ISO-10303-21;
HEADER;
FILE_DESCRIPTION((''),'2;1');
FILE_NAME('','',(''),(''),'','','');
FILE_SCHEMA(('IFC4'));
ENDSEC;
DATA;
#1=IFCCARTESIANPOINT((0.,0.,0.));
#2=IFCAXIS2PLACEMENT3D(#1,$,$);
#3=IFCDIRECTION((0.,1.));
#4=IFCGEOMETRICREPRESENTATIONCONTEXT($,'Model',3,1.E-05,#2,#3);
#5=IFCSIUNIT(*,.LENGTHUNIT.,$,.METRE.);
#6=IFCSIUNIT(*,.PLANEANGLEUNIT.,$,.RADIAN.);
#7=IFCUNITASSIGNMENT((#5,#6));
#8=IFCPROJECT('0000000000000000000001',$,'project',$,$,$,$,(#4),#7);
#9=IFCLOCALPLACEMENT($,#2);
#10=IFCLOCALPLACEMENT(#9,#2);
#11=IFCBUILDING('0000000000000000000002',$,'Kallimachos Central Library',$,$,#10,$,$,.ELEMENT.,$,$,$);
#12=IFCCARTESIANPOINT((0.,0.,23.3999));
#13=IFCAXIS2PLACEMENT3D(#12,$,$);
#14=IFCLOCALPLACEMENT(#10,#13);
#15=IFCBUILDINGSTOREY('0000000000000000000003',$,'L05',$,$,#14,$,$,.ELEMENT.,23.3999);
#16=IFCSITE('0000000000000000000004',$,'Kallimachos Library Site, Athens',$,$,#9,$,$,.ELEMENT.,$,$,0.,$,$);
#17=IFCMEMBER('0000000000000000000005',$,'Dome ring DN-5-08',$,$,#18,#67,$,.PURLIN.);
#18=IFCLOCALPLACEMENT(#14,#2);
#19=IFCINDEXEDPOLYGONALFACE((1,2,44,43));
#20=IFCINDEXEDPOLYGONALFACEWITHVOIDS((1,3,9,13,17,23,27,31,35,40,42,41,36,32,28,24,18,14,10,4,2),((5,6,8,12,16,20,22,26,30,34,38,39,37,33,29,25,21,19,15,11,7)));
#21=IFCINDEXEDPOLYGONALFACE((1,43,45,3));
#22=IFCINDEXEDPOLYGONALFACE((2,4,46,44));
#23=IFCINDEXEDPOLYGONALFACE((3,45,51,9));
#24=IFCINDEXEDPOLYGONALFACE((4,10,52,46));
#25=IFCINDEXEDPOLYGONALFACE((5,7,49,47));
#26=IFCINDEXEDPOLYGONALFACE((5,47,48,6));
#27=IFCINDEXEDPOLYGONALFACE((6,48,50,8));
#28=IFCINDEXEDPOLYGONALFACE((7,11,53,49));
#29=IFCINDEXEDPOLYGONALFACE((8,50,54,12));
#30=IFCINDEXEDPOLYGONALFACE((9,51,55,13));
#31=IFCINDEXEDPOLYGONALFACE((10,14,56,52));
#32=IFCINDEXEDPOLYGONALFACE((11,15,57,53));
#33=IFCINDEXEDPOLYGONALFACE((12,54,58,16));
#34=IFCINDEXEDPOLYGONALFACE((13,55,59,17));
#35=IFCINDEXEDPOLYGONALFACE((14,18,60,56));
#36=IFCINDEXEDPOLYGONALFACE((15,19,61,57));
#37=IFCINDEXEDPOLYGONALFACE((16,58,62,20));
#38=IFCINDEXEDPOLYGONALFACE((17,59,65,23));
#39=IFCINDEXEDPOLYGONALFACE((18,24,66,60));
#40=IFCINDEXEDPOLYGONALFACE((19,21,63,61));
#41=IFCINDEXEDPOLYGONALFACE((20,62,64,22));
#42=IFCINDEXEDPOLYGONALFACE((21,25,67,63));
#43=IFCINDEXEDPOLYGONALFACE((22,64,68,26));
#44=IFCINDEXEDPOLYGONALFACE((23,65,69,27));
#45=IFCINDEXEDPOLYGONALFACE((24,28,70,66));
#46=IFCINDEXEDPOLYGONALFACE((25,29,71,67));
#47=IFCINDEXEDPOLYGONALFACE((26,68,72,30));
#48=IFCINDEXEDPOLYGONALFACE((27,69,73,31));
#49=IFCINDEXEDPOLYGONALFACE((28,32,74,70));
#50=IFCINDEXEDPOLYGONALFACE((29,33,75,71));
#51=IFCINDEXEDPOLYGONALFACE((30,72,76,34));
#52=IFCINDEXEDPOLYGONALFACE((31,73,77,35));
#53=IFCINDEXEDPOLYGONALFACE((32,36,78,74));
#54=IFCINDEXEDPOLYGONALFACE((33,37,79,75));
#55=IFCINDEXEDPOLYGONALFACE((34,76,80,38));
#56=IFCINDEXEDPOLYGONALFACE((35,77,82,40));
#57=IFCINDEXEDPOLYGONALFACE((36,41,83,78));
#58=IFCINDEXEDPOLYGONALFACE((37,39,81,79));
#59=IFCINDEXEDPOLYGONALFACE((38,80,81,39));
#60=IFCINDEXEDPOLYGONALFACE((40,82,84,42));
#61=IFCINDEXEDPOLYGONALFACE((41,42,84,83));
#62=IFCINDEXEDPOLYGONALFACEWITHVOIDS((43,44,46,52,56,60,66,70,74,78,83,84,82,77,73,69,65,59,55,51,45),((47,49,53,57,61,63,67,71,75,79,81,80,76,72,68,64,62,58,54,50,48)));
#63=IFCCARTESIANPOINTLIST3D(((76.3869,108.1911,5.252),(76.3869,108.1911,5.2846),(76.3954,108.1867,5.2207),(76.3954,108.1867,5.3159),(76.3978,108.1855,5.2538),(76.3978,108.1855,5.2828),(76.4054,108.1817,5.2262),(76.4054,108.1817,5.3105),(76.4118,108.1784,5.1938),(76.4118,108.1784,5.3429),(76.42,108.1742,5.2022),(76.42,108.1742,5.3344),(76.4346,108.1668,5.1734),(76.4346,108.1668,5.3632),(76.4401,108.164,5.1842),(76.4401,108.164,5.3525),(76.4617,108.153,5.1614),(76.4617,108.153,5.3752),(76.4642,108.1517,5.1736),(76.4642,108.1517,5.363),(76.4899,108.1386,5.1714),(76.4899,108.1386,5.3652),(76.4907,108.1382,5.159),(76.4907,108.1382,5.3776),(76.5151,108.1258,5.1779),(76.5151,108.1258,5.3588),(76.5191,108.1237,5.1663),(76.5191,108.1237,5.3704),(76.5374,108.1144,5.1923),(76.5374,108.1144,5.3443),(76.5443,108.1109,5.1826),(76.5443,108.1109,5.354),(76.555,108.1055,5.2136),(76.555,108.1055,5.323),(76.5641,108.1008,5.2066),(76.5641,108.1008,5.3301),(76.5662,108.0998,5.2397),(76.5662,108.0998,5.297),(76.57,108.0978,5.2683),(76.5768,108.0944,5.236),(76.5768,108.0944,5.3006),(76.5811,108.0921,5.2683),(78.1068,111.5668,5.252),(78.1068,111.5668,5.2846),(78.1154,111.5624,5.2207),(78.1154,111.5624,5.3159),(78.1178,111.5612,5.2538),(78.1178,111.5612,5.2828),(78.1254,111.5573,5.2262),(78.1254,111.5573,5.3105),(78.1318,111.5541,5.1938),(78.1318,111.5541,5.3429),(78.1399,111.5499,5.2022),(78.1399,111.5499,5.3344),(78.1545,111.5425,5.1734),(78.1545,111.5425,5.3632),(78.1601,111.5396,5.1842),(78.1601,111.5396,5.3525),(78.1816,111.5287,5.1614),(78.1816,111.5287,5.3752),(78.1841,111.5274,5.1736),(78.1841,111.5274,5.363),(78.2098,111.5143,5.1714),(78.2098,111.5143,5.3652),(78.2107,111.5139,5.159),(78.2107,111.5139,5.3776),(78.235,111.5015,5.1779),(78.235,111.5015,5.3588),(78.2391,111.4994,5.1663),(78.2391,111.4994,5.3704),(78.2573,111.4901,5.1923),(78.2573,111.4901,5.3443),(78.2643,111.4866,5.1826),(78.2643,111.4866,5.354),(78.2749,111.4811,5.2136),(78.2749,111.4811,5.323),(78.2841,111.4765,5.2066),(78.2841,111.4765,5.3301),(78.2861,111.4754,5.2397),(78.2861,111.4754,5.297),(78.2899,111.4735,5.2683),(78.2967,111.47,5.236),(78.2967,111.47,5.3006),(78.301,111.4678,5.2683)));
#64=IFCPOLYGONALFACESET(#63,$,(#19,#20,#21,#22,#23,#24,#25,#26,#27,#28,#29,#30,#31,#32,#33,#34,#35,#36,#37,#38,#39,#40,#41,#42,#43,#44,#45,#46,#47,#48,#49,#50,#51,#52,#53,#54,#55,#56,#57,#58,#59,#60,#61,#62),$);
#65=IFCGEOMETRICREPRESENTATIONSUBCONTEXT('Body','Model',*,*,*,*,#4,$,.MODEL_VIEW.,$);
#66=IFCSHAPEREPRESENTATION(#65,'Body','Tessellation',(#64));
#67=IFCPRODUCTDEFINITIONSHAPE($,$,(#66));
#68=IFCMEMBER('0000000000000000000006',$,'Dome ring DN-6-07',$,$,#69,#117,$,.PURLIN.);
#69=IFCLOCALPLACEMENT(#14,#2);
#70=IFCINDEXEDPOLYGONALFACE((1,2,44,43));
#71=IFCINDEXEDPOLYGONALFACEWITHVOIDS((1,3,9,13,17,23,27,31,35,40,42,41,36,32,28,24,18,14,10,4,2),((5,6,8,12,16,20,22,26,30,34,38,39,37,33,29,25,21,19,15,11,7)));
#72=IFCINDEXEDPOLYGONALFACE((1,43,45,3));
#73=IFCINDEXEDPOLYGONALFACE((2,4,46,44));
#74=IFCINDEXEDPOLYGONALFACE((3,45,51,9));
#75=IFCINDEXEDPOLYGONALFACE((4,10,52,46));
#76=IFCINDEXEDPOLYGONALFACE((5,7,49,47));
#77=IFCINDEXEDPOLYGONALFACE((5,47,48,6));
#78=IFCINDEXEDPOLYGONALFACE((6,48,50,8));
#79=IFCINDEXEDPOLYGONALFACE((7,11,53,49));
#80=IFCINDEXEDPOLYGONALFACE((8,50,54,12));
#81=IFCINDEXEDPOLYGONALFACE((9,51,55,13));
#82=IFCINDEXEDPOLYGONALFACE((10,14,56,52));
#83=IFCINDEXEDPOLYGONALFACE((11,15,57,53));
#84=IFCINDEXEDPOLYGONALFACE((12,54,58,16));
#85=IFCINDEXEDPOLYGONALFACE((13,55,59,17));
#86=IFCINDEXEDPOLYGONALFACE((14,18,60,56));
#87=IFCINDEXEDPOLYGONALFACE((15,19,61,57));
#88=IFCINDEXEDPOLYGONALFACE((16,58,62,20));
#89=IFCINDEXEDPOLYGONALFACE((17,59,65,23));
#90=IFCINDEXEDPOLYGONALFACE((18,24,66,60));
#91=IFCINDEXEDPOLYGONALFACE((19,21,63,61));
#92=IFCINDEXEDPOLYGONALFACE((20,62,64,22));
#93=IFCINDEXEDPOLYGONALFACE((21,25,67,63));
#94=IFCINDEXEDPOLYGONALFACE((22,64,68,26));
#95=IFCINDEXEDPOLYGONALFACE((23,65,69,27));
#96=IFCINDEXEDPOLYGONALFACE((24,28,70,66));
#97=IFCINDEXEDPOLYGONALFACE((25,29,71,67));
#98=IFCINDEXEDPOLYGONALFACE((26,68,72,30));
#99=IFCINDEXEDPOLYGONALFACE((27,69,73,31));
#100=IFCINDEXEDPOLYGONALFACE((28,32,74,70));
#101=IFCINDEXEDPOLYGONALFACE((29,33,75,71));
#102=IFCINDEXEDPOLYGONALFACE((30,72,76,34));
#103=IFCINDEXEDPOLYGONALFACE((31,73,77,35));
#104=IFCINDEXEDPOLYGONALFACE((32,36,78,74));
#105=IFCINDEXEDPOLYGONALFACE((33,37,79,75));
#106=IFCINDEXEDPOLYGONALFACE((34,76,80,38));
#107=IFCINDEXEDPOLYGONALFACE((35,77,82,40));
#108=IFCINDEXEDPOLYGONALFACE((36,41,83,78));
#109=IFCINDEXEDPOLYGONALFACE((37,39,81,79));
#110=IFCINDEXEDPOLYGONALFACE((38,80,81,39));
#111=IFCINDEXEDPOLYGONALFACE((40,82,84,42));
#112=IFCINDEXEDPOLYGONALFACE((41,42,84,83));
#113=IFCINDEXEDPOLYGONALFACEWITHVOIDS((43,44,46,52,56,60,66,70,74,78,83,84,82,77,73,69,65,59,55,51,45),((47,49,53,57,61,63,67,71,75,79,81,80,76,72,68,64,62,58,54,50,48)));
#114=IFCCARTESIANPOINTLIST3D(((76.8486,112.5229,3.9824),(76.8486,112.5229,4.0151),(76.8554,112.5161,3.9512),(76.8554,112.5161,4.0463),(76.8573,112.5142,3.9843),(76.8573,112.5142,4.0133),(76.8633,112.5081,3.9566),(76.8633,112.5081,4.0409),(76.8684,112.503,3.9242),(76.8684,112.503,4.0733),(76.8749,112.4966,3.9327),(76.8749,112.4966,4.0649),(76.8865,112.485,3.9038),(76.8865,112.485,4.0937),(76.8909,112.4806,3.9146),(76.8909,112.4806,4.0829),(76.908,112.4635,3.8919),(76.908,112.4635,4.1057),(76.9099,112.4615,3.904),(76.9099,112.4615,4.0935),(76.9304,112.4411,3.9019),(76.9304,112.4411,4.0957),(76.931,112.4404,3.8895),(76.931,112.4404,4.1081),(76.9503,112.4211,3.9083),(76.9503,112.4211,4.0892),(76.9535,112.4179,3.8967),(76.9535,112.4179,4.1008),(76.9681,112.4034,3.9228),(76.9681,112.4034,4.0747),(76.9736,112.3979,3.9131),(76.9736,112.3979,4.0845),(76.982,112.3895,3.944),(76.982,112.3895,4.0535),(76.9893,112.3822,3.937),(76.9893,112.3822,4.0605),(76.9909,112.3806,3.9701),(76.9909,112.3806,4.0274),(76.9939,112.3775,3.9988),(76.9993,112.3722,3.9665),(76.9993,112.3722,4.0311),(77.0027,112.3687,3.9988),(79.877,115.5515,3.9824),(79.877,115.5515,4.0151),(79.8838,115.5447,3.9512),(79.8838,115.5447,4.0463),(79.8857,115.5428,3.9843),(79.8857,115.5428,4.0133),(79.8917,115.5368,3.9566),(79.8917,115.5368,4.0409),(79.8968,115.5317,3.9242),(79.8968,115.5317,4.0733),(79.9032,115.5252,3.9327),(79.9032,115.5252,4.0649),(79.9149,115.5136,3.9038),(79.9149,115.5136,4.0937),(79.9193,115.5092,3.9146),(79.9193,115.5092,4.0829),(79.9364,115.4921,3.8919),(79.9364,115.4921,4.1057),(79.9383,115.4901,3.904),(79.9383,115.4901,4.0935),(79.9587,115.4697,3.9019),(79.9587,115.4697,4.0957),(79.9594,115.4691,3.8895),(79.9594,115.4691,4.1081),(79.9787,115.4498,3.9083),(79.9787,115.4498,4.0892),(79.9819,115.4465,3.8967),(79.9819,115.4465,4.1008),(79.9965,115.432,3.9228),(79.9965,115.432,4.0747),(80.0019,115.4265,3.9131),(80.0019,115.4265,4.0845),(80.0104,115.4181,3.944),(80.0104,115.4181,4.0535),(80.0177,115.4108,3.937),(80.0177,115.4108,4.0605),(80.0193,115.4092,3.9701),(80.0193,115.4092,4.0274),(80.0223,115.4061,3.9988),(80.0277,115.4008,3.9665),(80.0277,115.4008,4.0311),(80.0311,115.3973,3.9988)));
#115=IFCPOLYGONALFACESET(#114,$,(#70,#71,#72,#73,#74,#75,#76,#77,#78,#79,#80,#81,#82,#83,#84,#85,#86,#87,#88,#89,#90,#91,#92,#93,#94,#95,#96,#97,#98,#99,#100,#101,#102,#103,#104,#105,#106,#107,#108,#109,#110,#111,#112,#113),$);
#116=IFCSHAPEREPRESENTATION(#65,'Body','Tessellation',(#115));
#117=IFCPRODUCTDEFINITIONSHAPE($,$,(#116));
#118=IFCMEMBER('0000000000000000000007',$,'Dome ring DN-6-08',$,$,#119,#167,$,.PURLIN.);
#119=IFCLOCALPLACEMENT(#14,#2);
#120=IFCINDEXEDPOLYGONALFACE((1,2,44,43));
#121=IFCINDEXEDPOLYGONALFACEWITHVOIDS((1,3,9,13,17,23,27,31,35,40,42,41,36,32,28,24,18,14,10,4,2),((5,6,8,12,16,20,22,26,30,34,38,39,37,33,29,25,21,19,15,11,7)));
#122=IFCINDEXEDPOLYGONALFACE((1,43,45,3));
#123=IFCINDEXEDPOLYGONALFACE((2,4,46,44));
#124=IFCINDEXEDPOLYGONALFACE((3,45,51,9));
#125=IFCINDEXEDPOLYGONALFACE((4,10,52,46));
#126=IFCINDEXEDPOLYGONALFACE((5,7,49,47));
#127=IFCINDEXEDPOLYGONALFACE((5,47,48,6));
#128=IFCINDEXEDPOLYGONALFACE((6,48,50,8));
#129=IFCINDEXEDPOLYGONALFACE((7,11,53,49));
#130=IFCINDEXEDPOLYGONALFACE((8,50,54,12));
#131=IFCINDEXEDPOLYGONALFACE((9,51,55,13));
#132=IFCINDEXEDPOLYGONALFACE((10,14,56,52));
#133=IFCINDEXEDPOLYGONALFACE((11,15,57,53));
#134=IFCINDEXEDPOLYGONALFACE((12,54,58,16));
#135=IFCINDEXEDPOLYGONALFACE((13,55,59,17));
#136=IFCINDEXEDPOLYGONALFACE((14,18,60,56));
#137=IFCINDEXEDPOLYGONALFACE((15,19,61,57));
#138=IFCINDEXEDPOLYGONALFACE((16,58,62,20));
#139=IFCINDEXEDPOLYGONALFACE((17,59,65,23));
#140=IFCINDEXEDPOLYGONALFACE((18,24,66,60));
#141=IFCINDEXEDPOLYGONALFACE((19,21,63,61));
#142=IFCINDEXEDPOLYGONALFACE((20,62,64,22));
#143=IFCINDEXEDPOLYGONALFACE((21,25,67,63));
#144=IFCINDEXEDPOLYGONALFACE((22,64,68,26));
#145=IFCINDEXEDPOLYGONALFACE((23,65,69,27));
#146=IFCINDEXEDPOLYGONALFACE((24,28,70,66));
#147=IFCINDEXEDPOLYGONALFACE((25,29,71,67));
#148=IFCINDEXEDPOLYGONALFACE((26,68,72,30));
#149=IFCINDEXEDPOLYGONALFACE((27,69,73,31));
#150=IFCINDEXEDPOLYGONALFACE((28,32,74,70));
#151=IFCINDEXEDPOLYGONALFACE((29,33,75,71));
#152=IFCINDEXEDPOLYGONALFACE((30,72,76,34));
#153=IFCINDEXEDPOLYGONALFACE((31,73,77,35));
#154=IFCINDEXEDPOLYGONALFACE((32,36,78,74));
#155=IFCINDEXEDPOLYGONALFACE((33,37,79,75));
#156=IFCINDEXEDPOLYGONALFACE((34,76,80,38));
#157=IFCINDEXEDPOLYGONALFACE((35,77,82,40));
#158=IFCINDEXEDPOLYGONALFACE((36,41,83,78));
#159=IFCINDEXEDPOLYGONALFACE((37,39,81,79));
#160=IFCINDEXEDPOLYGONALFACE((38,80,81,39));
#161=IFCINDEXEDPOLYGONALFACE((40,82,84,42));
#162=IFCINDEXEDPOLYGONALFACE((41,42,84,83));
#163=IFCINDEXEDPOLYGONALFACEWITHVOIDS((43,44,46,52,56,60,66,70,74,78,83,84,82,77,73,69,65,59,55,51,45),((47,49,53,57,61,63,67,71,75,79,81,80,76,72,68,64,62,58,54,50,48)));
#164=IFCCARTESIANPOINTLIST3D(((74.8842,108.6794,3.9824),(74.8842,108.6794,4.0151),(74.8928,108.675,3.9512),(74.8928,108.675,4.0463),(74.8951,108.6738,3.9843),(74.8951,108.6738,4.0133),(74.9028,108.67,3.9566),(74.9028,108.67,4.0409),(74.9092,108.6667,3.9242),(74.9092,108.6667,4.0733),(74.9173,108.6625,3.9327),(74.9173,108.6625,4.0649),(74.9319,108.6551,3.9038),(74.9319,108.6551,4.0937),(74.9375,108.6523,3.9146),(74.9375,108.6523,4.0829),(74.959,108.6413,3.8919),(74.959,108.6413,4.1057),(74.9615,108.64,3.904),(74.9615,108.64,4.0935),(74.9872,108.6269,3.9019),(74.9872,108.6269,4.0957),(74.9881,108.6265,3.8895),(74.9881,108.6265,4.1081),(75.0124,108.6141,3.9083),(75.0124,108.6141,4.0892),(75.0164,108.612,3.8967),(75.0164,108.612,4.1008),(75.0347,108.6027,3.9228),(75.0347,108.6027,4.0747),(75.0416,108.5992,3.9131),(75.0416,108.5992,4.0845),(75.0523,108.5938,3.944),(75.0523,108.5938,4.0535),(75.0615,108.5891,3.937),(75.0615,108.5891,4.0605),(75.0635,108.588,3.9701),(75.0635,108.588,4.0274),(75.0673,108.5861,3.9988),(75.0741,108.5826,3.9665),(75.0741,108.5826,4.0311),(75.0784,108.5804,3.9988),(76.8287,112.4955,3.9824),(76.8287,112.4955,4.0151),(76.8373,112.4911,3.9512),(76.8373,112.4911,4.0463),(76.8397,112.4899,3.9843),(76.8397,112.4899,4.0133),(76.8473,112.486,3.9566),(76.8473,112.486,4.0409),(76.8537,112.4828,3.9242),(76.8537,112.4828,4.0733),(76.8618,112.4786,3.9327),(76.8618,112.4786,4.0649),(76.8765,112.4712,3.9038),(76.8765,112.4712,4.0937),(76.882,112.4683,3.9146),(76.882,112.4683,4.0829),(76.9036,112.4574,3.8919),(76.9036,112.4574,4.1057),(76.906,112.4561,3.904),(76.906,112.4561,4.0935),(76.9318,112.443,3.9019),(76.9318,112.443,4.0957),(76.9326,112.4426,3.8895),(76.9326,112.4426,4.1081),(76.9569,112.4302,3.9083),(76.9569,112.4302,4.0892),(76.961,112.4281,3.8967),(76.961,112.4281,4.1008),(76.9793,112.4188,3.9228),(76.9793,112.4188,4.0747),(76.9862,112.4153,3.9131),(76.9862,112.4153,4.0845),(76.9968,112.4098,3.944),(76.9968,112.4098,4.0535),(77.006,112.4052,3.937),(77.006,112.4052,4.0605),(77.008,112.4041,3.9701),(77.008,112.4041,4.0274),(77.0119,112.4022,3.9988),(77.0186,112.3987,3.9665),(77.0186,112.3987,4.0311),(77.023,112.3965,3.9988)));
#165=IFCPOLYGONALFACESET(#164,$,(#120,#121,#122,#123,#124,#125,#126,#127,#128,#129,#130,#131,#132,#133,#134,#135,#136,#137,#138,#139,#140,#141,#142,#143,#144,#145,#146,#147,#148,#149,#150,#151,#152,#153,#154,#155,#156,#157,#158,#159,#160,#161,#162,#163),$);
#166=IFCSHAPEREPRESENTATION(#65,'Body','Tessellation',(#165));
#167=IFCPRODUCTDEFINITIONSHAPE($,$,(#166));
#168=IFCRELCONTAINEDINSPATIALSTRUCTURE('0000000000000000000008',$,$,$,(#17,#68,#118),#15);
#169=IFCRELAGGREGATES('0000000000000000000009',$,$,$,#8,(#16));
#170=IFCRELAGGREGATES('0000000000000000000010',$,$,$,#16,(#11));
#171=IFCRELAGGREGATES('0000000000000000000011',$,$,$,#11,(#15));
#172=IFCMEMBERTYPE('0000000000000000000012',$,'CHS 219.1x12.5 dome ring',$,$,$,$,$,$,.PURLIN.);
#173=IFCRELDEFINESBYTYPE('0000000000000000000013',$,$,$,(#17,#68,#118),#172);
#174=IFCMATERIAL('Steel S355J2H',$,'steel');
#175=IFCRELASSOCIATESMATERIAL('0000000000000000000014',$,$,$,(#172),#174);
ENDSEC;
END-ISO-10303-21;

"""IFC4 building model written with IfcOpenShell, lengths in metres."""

from ifc_helpers import new_model, si_unit, direction, frame, origin, origin_2d, place, context, subcontext, project, spatial, hollow_circle, extrude, material, material_profile, profile_set, type_object, element, save


model = new_model("IFC4")

# Units and contexts
model_context = context("Model", 3, precision=1e-05, world=origin(), true_north=direction((0.0, 1.0)))
body_context = subcontext(model_context, "Body", "Model", "MODEL_VIEW")
ifc_project = project(units=[si_unit("LENGTHUNIT", "METRE"), si_unit("PLANEANGLEUNIT", "RADIAN")], contexts=[model_context])

# Site, building, storey
site_placement = place(None, origin())
site = spatial("IfcSite", under=ifc_project, at=site_placement, Name="Kallimachos Library Site, Athens", CompositionType="ELEMENT", RefElevation=0.0)
building_placement = place(site_placement, origin())
building = spatial("IfcBuilding", under=site, at=building_placement, Name="Kallimachos Central Library", CompositionType="ELEMENT")
storey_placement = place(building_placement, frame((0.0, 0.0, 23.3999)))
storey = spatial("IfcBuildingStorey", under=building, at=storey_placement, Name="L05", CompositionType="ELEMENT", Elevation=23.3999)

# Members
ifc_material_1 = material(Name="Steel S355J2H", Category="steel")
ifc_material_profile_1 = material_profile(ifc_material_1, hollow_circle(Radius=0.1096, WallThickness=0.0125, at=origin_2d()), Name="CHS 219.1x12.5")
ifc_profile_set_1 = profile_set([ifc_material_profile_1], Name="Steel S355J2H")
member_type_1 = type_object("IfcMemberType", Name="CHS 219.1x12.5 dome ring", PredefinedType="PURLIN", material=ifc_profile_set_1)
member_1_placement = place(storey_placement, frame((78.2034, 111.5176, 5.2683), z_axis=(-0.45398, -0.891012, 0.0), x_axis=(0.891012, -0.45398, 0.0)))
element("IfcMember", 1, at=member_1_placement, inside=storey, type_object=member_type_1, Name="Dome ring DN-5-08", PredefinedType="PURLIN", context=body_context, shape_type="SweptSolid", body=[
    extrude(hollow_circle(Radius=0.1096, WallThickness=0.0125, at=origin_2d()), origin(), (0.0, 0.0, 1.0), 3.7886),
])
for number, where, z_axis, x_axis, name in (
    (2, (79.9536, 115.4749, 3.9988), (-0.707078, -0.707135, 0.0), (0.707135, -0.707078, 0.0), "Dome ring DN-6-07"),
    (3, (76.9253, 112.4463, 3.9988), (-0.454018, -0.890993, 0.0), (0.890993, -0.454018, 0.0), "Dome ring DN-6-08"),
):
    element("IfcMember", number, at=place(storey_placement, frame(where, z_axis=z_axis, x_axis=x_axis)), inside=storey, type_object=member_type_1, Name=name, PredefinedType="PURLIN", context=body_context, shape_type="SweptSolid", body=[
        extrude(hollow_circle(Radius=0.1096, WallThickness=0.0125, at=origin_2d()), origin(), (0.0, 0.0, 1.0), 4.283),
    ])

save(model, "model.ifc")
